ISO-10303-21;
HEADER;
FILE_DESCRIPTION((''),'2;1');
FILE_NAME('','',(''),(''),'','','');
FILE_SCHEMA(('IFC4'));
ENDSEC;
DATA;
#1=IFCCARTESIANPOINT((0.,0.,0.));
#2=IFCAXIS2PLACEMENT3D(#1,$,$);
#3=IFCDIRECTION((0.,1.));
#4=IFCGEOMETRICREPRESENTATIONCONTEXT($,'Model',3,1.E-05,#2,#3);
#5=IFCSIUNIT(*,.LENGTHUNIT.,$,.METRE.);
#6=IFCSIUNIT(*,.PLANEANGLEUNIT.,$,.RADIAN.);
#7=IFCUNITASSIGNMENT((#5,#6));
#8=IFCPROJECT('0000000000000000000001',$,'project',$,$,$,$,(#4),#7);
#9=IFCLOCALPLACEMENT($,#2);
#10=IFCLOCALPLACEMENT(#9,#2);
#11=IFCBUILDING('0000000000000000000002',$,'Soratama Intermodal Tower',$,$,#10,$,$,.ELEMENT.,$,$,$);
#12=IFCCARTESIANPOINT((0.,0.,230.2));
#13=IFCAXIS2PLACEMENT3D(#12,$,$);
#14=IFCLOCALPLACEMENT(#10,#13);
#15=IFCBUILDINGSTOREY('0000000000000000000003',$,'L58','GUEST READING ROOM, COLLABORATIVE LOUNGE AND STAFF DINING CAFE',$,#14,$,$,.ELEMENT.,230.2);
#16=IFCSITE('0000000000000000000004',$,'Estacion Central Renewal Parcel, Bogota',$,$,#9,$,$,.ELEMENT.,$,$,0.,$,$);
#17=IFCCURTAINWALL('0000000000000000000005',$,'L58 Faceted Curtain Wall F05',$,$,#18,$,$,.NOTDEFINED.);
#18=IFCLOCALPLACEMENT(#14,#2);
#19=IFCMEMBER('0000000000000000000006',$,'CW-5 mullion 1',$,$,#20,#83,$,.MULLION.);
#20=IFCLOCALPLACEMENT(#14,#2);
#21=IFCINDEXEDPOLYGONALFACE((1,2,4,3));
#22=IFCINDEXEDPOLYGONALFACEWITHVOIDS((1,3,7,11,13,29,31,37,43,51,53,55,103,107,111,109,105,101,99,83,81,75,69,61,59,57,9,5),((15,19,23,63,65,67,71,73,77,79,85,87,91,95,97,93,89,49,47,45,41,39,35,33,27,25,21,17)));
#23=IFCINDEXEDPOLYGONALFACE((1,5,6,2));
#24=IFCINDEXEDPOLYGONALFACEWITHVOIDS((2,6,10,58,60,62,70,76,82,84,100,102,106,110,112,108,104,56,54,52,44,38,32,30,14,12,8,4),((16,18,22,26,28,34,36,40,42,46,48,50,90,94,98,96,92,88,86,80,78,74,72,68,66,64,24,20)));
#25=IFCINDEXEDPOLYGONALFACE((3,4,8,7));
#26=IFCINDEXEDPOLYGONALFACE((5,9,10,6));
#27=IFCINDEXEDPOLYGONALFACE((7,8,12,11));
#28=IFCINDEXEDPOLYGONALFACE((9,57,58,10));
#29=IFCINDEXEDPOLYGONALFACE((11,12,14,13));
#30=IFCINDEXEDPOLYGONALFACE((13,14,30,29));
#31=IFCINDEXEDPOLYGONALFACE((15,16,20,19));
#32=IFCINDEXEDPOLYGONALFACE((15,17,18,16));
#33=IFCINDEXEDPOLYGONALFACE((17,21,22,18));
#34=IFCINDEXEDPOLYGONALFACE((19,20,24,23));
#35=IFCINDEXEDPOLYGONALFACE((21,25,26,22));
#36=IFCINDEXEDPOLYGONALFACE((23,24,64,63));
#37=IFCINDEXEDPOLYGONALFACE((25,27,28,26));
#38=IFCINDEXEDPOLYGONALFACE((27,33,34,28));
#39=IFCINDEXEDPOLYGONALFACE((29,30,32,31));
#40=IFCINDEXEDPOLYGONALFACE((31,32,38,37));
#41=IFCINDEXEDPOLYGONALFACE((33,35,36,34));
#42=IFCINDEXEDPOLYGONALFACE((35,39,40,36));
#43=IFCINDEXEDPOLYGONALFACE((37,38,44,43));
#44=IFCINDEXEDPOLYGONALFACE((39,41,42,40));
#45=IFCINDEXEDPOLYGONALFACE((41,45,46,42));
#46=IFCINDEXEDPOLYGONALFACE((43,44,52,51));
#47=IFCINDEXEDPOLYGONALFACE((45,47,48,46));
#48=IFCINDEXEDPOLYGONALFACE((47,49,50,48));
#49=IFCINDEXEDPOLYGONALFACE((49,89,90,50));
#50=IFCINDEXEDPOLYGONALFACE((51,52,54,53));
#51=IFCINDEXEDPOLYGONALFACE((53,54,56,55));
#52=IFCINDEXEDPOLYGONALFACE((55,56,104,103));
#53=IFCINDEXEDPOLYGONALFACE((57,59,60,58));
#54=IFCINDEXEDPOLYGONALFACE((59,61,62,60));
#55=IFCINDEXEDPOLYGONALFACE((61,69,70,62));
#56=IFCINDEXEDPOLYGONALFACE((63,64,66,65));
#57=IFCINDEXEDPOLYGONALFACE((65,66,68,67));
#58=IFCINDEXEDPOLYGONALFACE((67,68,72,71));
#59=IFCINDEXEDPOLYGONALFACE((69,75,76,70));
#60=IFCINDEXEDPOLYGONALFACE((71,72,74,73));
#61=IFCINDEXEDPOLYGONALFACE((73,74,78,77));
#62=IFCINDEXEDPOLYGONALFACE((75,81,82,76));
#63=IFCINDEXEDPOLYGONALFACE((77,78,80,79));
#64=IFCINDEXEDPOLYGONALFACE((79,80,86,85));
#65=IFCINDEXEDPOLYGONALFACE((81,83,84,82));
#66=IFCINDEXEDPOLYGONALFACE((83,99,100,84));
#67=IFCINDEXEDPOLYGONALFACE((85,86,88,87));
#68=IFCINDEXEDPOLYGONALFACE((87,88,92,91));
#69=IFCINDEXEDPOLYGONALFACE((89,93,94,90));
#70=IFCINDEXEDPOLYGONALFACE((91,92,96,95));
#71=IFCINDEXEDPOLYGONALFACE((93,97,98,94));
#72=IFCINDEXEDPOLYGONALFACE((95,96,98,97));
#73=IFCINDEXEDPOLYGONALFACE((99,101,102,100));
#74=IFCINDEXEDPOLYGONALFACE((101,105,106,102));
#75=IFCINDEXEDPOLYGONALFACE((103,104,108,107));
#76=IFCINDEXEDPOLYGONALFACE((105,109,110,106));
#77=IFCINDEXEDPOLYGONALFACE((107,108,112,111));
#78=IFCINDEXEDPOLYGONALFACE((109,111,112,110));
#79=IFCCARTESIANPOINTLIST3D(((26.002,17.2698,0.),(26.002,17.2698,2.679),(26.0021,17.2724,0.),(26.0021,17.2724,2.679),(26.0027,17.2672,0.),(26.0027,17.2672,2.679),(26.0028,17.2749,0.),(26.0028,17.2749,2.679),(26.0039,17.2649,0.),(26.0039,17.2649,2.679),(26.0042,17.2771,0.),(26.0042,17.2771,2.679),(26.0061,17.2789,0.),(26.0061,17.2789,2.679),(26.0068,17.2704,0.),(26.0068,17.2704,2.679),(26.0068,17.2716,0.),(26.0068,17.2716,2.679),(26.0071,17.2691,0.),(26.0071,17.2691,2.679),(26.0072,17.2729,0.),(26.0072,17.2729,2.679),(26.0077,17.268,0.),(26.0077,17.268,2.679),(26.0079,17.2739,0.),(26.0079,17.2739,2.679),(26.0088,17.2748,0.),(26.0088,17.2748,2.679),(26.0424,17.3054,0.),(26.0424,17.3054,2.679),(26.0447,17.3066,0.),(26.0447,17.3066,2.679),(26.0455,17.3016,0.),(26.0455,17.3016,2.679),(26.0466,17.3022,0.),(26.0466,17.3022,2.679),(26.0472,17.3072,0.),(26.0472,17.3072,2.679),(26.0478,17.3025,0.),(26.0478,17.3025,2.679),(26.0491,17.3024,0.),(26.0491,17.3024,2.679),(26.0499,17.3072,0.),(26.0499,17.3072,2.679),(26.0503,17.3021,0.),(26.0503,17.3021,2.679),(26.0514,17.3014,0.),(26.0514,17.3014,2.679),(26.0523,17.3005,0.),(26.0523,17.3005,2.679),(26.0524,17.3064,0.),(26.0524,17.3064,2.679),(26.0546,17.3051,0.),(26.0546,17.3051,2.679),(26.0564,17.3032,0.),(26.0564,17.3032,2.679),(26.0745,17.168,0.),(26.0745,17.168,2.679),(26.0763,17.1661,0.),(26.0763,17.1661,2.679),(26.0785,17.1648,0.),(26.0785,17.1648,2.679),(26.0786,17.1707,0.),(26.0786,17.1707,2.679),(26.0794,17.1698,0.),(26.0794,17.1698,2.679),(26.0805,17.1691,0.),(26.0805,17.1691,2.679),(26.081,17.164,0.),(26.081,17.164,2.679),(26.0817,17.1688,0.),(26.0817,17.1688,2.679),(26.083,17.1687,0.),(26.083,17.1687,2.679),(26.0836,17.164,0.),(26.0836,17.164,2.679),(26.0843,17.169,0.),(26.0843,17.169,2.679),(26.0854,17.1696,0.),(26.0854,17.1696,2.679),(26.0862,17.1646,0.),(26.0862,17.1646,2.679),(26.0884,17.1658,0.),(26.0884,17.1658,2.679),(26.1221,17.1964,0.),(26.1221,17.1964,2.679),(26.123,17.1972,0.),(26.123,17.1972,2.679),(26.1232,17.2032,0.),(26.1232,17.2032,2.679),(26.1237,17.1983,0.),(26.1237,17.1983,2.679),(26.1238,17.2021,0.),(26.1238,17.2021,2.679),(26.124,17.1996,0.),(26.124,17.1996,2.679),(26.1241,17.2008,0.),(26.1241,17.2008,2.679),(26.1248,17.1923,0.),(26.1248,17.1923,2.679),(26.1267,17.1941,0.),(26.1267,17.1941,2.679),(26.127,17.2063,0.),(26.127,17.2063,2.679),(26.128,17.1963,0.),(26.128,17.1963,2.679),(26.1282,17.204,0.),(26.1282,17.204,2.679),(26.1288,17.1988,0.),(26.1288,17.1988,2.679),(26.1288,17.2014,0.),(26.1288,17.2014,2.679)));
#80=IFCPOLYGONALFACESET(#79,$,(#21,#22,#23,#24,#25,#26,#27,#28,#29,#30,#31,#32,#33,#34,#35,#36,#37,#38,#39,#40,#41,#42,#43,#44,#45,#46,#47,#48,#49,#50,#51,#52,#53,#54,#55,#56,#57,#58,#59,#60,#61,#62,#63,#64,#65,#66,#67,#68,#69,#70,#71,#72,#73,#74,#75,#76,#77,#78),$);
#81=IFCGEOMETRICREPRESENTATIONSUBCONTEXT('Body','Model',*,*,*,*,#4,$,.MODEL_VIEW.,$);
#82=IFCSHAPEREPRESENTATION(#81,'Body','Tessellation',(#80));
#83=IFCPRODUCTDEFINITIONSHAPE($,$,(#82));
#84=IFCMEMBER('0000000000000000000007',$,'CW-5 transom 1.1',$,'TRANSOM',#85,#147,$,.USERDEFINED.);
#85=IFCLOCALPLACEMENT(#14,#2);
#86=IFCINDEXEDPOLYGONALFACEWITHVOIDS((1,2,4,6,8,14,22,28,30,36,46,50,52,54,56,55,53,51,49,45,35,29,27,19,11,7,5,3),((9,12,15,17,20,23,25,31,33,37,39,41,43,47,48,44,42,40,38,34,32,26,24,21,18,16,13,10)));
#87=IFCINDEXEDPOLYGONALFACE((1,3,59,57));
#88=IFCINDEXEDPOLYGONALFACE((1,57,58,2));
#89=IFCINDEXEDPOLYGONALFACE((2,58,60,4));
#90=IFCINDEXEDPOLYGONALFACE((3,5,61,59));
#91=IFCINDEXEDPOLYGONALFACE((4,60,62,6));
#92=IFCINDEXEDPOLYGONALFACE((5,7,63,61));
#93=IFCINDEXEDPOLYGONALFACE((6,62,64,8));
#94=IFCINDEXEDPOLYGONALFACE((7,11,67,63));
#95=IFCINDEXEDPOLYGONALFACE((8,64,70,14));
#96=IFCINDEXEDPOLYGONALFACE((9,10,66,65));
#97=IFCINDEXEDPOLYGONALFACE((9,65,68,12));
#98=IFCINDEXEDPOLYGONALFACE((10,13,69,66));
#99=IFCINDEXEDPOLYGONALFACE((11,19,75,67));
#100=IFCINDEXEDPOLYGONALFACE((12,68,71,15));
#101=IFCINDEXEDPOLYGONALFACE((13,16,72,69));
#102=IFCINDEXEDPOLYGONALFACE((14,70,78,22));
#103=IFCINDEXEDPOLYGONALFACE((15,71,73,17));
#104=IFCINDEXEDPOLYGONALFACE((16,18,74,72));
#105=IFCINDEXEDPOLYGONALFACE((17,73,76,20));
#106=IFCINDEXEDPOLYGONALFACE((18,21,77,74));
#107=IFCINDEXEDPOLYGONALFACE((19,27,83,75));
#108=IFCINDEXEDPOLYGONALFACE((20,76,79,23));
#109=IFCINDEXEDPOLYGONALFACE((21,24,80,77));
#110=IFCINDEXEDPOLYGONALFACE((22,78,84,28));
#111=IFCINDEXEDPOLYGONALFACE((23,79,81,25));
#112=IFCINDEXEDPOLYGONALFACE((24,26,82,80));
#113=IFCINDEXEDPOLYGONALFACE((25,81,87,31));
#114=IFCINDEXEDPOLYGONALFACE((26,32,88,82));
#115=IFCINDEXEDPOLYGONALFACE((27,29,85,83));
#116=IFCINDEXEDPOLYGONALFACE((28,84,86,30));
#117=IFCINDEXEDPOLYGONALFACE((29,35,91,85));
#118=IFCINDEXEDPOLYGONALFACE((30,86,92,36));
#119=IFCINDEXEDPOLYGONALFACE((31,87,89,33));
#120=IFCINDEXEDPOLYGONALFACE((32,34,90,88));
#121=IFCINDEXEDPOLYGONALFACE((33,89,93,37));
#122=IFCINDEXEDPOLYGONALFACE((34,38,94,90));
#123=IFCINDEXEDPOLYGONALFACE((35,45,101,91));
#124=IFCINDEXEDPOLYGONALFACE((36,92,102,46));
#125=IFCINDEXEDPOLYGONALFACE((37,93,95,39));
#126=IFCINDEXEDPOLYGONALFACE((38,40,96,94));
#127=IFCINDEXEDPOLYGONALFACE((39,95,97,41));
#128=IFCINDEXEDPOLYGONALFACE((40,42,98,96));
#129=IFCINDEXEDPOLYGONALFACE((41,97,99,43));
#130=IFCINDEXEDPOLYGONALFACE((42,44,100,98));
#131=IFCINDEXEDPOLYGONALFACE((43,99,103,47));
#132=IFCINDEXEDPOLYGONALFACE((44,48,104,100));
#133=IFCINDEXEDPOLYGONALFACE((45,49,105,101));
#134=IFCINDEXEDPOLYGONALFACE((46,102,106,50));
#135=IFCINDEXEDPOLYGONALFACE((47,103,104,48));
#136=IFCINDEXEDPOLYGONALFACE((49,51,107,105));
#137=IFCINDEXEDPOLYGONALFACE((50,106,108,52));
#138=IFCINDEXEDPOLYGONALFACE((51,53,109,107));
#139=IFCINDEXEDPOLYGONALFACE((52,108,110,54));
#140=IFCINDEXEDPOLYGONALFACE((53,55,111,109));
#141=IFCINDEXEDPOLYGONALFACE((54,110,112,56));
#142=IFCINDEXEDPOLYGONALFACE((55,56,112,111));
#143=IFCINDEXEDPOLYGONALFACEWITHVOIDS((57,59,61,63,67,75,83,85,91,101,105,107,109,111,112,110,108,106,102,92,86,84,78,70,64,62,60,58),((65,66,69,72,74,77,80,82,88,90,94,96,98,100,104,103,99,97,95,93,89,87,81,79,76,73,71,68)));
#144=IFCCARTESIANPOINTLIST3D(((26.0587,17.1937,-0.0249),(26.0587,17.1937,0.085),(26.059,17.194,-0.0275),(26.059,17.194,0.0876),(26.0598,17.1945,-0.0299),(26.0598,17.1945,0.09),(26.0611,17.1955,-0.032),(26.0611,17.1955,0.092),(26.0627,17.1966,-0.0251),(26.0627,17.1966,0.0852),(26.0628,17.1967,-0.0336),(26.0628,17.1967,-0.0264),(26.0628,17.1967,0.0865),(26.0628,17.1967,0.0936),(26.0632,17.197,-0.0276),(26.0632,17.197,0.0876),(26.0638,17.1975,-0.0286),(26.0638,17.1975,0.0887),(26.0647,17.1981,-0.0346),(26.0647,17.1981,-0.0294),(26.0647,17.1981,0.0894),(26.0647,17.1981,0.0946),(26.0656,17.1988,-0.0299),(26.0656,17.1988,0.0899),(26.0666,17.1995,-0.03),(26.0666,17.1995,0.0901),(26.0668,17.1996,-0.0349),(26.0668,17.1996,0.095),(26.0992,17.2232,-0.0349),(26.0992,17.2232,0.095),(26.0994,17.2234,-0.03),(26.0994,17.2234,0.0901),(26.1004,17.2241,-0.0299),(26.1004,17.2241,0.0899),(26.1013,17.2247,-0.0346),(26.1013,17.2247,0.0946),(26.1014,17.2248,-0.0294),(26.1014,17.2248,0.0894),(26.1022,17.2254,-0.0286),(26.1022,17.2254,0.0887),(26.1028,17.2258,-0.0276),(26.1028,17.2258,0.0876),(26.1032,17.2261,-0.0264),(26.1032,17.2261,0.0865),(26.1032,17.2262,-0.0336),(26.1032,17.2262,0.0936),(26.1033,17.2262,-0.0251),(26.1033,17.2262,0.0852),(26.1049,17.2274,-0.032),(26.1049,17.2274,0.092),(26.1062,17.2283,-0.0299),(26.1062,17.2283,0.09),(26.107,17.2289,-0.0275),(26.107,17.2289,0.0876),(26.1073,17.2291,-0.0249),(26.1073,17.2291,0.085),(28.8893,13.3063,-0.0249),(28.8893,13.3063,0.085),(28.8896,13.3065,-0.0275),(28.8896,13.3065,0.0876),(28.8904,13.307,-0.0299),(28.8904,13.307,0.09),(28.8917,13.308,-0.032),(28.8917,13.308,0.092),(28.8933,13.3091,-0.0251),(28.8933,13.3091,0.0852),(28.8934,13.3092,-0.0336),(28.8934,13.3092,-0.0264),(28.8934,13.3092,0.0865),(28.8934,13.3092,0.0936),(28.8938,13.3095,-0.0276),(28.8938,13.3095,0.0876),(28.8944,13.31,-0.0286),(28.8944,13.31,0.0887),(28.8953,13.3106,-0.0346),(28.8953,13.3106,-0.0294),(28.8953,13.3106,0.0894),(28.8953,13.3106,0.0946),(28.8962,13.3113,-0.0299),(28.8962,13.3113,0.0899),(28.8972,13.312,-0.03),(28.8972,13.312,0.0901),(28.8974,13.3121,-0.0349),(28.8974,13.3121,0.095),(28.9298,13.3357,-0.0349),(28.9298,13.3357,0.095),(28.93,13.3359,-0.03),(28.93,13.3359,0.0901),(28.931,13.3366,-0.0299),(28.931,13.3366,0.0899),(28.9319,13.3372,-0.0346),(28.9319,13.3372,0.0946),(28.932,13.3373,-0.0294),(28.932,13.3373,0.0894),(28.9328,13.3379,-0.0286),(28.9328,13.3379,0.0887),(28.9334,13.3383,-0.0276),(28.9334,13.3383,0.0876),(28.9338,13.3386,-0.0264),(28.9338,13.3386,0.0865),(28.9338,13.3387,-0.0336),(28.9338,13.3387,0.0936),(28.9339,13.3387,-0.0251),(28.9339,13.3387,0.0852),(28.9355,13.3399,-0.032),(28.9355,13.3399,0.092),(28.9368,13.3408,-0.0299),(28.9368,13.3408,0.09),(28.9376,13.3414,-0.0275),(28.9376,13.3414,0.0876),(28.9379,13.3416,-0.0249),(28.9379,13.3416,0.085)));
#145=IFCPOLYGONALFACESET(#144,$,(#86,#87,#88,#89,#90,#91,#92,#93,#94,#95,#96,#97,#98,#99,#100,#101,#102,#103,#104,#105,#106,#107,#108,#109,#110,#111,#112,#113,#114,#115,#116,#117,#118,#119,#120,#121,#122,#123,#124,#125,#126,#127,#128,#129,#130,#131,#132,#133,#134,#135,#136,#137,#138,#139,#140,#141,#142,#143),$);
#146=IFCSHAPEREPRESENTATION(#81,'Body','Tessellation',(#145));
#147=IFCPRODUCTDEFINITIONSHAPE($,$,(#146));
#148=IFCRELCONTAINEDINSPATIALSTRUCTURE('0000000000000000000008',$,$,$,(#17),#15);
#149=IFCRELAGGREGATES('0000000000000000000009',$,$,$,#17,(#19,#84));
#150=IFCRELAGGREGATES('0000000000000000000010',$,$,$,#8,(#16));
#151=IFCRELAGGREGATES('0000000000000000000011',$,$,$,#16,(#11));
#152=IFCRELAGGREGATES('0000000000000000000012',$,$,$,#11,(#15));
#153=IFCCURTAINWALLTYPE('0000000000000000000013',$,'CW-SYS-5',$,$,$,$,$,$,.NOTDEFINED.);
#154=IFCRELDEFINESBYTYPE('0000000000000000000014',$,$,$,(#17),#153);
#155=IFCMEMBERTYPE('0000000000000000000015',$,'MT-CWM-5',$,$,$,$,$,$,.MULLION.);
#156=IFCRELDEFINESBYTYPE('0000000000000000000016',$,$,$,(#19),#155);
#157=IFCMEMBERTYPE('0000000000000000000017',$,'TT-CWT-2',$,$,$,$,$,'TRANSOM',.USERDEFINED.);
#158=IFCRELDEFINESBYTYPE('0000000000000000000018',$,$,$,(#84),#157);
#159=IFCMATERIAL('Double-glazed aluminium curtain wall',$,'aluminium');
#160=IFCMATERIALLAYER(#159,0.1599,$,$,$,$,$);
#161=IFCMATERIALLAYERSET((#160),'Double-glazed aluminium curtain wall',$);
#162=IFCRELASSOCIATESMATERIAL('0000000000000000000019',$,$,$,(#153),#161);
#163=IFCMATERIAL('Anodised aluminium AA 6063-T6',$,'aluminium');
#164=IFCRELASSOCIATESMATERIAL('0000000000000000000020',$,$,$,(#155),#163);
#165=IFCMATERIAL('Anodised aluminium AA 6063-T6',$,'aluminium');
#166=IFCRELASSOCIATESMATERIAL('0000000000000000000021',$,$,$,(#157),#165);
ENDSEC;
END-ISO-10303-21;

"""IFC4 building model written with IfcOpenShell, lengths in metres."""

from ifc_helpers import new_model, si_unit, direction, frame, origin, origin_2d, place, context, subcontext, project, spatial, hollow_rectangle, extrude, material, layer, layer_set, material_profile, profile_set, type_object, element, aggregate, save


model = new_model("IFC4")

# Units and contexts
model_context = context("Model", 3, precision=1e-05, world=origin(), true_north=direction((0.0, 1.0)))
body_context = subcontext(model_context, "Body", "Model", "MODEL_VIEW")
ifc_project = project(units=[si_unit("LENGTHUNIT", "METRE"), si_unit("PLANEANGLEUNIT", "RADIAN")], contexts=[model_context])

# Site, building, storey
site_placement = place(None, origin())
site = spatial("IfcSite", under=ifc_project, at=site_placement, Name="Estacion Central Renewal Parcel, Bogota", CompositionType="ELEMENT", RefElevation=0.0)
building_placement = place(site_placement, origin())
building = spatial("IfcBuilding", under=site, at=building_placement, Name="Soratama Intermodal Tower", CompositionType="ELEMENT")
storey_placement = place(building_placement, frame((0.0, 0.0, 230.2)))
storey = spatial("IfcBuildingStorey", under=building, at=storey_placement, Name="L58", Description="GUEST READING ROOM, COLLABORATIVE LOUNGE AND STAFF DINING CAFE", CompositionType="ELEMENT", Elevation=230.2)

# Curtain wall, members
ifc_material_1 = material(Name="Double-glazed aluminium curtain wall", Category="aluminium")
ifc_layer_1 = layer(ifc_material_1, 0.1599)
ifc_layer_set_1 = layer_set([ifc_layer_1], Name="Double-glazed aluminium curtain wall")
curtain_wall_type = type_object("IfcCurtainWallType", Name="CW-SYS-5", PredefinedType="NOTDEFINED", material=ifc_layer_set_1)
curtain_wall_placement = place(storey_placement, origin())
curtain_wall = element("IfcCurtainWall", 1, at=curtain_wall_placement, inside=storey, type_object=curtain_wall_type, Name="L58 Faceted Curtain Wall F05", PredefinedType="NOTDEFINED")
ifc_material_2 = material(Name="Anodised aluminium AA 6063-T6", Category="aluminium")
ifc_material_profile_1 = material_profile(ifc_material_2, hollow_rectangle(XDim=0.0649, YDim=0.1399, WallThickness=0.0049, InnerFilletRadius=0.0049, OuterFilletRadius=0.01, at=origin_2d()), Name="CWM140X65X5")
ifc_profile_set_1 = profile_set([ifc_material_profile_1], Name="Anodised aluminium AA 6063-T6")
member_type_1 = type_object("IfcMemberType", Name="MT-CWM-5", PredefinedType="MULLION", material=ifc_profile_set_1)
member_1_placement = place(storey_placement, frame((26.0654, 17.2356, 0.0), z_axis=(0.0, 0.0, 1.0), x_axis=(0.808396, 0.588639, 0.0)))
member_1 = element("IfcMember", 2, at=member_1_placement, type_object=member_type_1, Name="CW-5 mullion 1", PredefinedType="MULLION", context=body_context, shape_type="SweptSolid", body=[
    extrude(hollow_rectangle(XDim=0.0649, YDim=0.1399, WallThickness=0.0049, InnerFilletRadius=0.0049, OuterFilletRadius=0.01, at=origin_2d()), origin(), (0.0, 0.0, 1.0), 2.679),
])
ifc_material_3 = material(Name="Anodised aluminium AA 6063-T6", Category="aluminium")
ifc_material_profile_2 = material_profile(ifc_material_3, hollow_rectangle(XDim=0.0601, YDim=0.1299, WallThickness=0.0049, InnerFilletRadius=0.0049, OuterFilletRadius=0.01, at=origin_2d()), Name="CWT130X60X5")
ifc_profile_set_2 = profile_set([ifc_material_profile_2], Name="Anodised aluminium AA 6063-T6")
member_type_2 = type_object("IfcMemberType", Name="TT-CWT-2", ElementType="TRANSOM", PredefinedType="USERDEFINED", material=ifc_profile_set_2)
member_2_placement = place(storey_placement, frame((26.083, 17.2114, 0.03), z_axis=(0.588624, -0.808407, 0.0), x_axis=(0.808407, 0.588624, 0.0)))
member_2 = element("IfcMember", 3, at=member_2_placement, type_object=member_type_2, Name="CW-5 transom 1.1", ObjectType="TRANSOM", PredefinedType="USERDEFINED", context=body_context, shape_type="SweptSolid", body=[
    extrude(hollow_rectangle(XDim=0.0601, YDim=0.1299, WallThickness=0.0049, InnerFilletRadius=0.0049, OuterFilletRadius=0.01, at=origin_2d()), origin(), (0.0, 0.0, 1.0), 4.8088),
])
aggregate(curtain_wall, [member_1, member_2])

save(model, "model.ifc")
